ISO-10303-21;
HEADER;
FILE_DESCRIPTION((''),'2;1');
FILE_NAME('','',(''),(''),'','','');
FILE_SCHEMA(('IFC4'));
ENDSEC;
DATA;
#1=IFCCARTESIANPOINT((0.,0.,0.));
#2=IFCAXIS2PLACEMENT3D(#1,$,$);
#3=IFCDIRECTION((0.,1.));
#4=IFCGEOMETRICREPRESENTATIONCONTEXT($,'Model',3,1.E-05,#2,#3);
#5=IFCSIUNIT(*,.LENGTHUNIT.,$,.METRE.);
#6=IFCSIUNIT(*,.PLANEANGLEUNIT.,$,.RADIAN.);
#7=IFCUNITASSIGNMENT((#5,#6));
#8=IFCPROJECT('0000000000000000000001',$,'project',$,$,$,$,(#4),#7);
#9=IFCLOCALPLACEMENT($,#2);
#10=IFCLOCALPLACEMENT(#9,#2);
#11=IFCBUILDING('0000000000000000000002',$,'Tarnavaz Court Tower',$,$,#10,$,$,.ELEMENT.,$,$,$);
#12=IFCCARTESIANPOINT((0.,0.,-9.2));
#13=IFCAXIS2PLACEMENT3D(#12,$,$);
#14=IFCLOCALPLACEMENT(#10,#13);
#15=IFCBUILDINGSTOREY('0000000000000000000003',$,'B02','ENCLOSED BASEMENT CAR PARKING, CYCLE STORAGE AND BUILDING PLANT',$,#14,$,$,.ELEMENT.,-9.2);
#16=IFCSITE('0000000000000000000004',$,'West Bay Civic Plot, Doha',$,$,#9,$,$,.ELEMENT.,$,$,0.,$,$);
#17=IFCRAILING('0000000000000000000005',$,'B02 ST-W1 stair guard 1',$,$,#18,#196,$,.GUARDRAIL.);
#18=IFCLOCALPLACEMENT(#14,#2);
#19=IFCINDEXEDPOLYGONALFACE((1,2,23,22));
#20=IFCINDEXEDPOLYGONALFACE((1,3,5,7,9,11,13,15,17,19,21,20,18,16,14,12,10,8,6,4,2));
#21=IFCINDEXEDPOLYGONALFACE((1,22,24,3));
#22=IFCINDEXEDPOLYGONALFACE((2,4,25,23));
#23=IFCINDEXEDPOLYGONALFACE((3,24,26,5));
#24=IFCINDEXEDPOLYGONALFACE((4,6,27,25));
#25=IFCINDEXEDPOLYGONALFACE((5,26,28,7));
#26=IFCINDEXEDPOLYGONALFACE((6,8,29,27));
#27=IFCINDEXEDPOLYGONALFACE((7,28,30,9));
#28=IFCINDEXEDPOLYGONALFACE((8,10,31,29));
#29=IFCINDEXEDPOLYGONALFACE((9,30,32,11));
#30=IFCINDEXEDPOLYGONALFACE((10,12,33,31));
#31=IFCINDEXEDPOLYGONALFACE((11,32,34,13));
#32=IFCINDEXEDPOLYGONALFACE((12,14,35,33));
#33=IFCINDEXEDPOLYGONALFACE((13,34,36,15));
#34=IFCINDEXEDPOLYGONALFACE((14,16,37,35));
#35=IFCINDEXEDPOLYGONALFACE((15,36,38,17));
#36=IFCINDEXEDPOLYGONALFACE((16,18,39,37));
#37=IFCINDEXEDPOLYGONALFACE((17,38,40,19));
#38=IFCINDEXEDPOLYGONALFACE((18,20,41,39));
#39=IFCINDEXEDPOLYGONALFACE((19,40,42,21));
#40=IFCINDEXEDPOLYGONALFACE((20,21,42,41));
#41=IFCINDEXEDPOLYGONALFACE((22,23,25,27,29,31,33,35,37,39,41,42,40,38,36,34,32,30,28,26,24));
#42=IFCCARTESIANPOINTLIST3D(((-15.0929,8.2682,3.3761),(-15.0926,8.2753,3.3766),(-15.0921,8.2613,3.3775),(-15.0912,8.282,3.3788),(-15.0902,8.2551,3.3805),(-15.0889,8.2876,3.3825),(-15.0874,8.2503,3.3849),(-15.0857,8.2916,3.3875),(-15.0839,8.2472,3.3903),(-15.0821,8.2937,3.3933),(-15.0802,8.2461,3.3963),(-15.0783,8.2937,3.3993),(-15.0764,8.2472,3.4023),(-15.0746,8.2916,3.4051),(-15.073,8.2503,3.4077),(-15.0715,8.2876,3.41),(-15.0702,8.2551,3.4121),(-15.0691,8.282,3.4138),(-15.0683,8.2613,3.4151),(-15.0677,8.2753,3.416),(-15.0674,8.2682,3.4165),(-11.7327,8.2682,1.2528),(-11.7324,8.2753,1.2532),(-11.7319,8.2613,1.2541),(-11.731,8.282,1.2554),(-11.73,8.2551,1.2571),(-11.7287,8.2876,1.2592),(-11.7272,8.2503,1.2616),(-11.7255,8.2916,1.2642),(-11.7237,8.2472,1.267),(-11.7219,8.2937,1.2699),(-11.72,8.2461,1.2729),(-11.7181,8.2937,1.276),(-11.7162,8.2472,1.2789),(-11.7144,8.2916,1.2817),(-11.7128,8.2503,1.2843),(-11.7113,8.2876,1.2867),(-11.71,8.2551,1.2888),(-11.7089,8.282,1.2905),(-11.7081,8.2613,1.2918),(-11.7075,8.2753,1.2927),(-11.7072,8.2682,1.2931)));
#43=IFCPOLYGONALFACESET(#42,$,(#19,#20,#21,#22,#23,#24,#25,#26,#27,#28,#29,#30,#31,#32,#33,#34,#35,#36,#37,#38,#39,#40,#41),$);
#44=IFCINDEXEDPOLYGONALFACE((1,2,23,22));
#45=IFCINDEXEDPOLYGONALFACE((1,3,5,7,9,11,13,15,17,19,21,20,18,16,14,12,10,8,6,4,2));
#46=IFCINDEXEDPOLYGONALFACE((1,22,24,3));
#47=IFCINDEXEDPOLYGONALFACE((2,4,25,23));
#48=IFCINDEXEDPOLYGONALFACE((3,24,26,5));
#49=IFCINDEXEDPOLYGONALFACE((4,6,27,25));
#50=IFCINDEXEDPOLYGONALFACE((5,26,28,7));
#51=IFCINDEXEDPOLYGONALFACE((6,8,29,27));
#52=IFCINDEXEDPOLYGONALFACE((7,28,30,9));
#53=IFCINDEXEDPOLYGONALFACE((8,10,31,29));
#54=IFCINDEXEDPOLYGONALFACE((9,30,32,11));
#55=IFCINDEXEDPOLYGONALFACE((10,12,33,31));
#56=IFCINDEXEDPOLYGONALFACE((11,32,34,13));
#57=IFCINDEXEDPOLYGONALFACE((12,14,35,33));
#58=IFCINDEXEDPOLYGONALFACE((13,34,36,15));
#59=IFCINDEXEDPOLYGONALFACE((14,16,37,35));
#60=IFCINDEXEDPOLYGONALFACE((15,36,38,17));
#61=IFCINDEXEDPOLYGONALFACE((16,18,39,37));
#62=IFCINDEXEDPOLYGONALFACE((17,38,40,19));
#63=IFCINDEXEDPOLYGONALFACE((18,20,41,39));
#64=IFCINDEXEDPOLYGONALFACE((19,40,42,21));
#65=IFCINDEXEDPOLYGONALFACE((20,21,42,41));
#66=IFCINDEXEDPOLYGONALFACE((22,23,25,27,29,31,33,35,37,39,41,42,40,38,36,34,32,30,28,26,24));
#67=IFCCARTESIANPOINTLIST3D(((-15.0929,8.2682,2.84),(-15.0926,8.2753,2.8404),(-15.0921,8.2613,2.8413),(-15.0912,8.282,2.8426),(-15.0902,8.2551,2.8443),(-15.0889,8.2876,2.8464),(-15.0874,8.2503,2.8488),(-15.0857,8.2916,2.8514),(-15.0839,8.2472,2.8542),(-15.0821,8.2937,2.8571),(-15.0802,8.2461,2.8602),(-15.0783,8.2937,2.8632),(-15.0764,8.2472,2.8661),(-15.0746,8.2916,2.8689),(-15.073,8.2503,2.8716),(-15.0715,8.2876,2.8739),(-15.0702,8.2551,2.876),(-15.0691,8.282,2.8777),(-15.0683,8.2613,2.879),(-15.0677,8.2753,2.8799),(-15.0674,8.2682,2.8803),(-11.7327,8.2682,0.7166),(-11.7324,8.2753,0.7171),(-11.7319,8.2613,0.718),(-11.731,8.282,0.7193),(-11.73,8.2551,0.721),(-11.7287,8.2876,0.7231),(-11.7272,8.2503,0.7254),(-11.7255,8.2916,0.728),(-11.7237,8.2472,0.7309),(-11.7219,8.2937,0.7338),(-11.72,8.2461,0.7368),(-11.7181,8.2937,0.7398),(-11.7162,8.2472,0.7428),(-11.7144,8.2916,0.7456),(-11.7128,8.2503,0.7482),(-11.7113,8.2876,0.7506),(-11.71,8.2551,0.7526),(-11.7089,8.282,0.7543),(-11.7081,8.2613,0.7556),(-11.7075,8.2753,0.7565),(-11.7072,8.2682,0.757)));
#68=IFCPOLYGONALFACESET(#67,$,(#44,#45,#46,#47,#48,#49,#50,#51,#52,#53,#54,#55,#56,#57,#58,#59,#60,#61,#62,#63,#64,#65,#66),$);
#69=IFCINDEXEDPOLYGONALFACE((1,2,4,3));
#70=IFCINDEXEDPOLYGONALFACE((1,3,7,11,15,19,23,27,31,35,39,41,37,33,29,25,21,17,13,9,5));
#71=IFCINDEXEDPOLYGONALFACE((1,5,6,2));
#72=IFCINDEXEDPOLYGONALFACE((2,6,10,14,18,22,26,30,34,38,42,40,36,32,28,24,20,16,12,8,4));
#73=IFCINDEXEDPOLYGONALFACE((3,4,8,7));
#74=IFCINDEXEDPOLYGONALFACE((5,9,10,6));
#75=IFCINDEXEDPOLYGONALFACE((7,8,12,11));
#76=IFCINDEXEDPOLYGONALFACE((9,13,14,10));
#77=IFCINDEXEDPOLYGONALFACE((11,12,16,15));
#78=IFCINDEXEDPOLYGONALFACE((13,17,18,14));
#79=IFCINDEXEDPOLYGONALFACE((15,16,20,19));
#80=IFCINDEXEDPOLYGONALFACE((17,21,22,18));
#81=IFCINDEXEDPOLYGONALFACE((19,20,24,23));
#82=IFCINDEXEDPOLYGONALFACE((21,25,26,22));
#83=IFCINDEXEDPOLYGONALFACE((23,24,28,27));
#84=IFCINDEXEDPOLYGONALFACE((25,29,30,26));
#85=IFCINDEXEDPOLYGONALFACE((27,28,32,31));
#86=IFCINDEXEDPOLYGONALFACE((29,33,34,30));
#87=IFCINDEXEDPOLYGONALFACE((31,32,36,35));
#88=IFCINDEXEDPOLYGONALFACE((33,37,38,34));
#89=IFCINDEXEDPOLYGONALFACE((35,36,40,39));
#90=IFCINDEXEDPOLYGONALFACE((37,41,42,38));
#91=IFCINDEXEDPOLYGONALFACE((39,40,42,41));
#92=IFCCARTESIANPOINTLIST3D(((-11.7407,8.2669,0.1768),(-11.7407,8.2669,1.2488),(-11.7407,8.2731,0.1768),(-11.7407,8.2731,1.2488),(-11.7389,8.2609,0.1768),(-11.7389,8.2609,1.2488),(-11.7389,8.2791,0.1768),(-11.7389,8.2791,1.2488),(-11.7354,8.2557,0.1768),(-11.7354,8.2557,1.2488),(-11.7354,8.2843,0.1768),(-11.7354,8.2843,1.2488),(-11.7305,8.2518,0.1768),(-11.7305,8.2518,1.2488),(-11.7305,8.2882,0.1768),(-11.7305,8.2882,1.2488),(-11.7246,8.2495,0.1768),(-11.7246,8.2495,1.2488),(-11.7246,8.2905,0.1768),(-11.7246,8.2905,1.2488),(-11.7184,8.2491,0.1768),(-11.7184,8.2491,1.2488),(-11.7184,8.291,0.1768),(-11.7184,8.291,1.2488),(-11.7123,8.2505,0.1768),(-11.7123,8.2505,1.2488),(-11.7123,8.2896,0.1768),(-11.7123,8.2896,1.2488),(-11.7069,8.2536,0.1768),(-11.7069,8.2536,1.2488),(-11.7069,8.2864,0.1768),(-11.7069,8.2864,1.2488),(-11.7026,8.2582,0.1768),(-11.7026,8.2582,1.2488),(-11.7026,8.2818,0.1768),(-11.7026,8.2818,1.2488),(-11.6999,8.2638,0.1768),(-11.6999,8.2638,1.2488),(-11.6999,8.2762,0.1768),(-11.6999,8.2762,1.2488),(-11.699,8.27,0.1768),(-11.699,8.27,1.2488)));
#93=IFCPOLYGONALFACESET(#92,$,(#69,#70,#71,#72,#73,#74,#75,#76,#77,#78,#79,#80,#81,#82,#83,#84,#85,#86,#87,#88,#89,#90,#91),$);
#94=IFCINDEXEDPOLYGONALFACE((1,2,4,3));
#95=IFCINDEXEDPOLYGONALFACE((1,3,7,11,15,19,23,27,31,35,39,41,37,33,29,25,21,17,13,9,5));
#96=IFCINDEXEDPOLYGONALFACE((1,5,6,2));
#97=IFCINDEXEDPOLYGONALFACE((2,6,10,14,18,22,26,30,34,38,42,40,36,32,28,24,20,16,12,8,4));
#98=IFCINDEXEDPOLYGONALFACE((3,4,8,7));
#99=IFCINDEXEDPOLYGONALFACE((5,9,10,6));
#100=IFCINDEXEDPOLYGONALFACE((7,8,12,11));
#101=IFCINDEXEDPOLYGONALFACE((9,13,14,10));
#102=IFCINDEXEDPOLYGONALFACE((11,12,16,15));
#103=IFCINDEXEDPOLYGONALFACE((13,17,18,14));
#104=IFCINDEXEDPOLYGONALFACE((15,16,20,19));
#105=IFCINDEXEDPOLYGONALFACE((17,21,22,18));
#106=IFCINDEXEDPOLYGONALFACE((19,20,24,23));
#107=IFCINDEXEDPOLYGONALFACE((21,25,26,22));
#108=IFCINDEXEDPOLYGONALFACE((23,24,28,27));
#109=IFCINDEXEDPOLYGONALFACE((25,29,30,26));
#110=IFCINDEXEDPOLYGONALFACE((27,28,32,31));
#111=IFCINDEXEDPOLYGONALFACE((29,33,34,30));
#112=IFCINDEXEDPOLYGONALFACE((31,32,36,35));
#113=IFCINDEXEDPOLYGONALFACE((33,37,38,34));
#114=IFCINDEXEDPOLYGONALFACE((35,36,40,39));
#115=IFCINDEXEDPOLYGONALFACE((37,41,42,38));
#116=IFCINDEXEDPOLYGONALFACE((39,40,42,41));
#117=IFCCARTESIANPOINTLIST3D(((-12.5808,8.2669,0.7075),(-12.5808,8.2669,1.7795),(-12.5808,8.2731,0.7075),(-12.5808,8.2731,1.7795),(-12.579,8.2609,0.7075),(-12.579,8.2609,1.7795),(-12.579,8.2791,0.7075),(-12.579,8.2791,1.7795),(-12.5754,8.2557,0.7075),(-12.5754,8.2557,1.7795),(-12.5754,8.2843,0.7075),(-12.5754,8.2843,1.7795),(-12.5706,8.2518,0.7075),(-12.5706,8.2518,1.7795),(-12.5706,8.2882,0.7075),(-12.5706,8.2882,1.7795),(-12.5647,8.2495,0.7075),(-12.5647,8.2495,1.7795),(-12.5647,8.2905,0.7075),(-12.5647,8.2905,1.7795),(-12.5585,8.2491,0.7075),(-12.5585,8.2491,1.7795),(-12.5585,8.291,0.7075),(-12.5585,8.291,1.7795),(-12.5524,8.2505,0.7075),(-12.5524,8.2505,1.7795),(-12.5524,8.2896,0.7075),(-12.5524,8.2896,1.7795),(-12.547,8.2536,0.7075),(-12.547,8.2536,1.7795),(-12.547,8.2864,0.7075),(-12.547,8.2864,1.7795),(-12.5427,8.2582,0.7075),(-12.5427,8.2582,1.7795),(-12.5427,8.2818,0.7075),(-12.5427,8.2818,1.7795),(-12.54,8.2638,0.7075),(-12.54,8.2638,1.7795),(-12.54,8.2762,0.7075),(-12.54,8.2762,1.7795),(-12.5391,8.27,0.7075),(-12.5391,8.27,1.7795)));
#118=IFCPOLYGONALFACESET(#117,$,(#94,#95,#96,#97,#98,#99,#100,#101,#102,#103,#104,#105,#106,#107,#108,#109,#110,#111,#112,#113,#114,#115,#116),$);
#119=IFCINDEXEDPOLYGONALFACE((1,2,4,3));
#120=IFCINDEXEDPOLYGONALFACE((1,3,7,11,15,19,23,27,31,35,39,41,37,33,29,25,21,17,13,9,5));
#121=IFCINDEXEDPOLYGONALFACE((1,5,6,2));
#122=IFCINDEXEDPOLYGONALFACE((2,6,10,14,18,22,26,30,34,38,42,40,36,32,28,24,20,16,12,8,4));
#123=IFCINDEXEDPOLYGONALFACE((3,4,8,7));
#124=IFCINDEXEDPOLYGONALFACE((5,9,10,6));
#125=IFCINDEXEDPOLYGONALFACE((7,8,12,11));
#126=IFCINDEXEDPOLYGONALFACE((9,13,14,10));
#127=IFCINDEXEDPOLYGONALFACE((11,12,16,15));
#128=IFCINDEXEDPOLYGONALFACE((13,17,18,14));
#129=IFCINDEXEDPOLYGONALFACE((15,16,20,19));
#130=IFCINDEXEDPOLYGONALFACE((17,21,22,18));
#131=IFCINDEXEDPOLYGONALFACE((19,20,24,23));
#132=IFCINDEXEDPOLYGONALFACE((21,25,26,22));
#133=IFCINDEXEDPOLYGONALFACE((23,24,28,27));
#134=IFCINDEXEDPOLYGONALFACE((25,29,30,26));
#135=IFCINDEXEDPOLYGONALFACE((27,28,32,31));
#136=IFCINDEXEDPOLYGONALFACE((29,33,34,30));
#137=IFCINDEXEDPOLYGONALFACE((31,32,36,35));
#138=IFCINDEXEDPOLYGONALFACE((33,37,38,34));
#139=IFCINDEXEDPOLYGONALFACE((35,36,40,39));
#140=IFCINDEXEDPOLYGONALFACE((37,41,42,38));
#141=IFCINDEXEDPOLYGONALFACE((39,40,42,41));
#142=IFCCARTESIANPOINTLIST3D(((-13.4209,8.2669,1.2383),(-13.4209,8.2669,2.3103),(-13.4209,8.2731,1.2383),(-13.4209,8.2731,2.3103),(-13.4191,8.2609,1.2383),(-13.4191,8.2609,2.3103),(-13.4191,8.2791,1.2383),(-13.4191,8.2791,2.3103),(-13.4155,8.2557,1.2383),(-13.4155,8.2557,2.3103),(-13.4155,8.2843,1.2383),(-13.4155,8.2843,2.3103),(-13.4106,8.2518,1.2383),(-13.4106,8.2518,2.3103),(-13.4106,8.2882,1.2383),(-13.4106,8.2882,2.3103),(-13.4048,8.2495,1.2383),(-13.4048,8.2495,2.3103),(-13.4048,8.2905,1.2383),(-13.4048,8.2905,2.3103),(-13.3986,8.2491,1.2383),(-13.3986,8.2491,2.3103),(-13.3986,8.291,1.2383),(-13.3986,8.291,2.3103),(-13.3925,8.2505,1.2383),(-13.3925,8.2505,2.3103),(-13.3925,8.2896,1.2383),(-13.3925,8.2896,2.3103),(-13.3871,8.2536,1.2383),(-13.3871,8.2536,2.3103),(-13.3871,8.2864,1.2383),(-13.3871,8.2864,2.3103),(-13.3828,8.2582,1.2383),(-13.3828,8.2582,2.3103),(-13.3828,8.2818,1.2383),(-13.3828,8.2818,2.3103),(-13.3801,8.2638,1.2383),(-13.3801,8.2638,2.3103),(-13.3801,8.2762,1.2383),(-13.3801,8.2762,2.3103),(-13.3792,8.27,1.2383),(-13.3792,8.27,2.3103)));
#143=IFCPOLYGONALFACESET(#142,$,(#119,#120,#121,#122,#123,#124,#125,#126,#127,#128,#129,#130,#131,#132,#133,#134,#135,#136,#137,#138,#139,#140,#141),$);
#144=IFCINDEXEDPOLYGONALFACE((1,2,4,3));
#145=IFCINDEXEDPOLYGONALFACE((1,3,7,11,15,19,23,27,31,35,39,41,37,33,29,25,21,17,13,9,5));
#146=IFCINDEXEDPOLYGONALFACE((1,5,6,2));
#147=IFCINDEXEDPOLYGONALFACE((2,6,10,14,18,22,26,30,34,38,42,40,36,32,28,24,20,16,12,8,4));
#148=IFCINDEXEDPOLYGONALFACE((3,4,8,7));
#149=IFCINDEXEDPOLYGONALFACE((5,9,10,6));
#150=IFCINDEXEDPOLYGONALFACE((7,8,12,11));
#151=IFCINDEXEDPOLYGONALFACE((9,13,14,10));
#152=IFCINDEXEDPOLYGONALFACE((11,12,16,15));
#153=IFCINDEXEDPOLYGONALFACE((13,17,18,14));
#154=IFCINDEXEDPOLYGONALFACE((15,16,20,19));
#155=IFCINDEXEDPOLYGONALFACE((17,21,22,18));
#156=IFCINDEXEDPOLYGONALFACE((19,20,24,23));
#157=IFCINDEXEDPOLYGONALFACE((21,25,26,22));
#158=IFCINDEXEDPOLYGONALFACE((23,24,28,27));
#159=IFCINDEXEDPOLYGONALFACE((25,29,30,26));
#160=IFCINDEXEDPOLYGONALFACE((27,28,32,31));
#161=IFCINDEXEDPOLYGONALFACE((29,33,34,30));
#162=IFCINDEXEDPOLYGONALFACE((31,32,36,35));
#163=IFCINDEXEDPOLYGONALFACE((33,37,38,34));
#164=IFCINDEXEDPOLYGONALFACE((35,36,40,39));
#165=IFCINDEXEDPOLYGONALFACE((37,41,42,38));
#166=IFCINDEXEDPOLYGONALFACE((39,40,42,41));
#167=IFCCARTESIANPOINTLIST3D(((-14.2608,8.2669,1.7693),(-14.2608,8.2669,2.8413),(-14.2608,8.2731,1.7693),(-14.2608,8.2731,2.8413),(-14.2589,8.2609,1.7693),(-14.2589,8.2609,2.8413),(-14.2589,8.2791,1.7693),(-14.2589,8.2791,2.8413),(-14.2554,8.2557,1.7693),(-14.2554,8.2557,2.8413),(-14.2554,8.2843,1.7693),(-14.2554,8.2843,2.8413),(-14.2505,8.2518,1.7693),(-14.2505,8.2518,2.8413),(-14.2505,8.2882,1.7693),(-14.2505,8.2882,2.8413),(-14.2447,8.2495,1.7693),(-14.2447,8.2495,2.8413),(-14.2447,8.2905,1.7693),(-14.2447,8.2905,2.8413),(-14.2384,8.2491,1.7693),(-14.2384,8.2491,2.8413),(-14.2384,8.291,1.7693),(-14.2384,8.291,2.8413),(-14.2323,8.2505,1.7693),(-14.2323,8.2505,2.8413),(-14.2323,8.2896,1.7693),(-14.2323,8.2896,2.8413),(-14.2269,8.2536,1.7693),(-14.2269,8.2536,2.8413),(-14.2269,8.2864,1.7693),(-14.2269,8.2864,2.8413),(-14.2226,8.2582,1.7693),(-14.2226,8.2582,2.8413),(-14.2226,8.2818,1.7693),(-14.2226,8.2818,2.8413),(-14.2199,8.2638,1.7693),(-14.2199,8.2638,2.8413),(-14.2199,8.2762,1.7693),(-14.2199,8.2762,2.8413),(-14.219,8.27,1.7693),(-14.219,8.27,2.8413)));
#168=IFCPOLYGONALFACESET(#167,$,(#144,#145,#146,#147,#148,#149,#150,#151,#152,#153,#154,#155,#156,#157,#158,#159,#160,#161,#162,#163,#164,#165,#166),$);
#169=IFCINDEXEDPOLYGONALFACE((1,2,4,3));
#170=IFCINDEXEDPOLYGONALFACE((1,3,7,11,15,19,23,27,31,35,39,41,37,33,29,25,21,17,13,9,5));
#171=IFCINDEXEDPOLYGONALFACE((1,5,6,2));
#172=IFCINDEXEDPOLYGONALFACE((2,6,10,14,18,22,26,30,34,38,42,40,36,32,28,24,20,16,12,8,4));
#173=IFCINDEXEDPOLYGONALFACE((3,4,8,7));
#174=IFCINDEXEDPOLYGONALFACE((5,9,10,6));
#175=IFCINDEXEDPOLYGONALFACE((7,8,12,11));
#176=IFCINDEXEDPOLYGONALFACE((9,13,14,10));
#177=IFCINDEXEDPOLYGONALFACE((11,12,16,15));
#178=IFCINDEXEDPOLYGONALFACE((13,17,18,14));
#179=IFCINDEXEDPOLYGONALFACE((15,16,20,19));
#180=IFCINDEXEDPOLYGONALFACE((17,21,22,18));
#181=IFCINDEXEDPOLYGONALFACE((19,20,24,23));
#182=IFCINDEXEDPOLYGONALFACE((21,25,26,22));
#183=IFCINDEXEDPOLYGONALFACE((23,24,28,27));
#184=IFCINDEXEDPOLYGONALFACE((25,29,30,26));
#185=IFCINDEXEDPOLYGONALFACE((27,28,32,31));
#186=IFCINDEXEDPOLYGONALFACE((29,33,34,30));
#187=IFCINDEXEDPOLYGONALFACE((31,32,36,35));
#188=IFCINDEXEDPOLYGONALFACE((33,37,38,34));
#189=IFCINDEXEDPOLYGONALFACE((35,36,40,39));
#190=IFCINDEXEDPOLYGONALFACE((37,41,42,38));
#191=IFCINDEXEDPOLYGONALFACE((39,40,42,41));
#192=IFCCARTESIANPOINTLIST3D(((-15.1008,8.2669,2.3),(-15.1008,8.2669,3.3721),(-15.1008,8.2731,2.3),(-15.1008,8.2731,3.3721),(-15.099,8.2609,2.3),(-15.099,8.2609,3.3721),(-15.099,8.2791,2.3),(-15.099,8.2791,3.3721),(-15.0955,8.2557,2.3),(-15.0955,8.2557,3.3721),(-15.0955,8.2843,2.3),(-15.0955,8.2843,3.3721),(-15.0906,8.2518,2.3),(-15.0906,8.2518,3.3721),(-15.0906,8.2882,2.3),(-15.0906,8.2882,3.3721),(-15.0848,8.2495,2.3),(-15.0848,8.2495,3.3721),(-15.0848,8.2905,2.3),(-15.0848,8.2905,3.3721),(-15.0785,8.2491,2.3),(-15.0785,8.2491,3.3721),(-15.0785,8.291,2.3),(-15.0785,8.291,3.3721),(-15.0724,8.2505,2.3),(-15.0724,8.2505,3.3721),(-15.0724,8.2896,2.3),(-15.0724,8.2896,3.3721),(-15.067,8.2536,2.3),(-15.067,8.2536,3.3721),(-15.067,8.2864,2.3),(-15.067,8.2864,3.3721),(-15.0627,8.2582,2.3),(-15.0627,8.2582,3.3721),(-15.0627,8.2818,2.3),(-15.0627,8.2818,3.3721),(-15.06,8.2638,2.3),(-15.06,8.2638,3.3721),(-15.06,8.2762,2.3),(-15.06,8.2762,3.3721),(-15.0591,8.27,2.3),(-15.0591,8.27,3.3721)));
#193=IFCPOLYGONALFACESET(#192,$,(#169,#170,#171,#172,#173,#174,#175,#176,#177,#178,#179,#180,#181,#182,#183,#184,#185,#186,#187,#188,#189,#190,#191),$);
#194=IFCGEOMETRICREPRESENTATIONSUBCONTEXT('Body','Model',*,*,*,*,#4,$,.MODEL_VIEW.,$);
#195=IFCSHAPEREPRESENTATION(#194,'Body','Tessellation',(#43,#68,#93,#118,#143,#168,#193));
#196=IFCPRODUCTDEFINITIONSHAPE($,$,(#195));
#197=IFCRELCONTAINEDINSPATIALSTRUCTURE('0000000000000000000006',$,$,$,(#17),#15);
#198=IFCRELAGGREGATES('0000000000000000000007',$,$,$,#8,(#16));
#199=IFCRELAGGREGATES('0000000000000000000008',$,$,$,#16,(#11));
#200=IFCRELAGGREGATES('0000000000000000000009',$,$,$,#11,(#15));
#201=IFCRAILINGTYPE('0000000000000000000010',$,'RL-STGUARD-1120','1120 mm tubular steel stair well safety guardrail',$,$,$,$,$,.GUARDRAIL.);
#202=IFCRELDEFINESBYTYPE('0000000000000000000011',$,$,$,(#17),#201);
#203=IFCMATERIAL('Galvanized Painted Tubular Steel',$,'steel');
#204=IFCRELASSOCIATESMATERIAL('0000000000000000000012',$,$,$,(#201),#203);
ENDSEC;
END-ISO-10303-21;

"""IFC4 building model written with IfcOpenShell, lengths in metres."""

from ifc_helpers import new_model, si_unit, direction, frame, origin, origin_2d, place, context, subcontext, project, spatial, circle, extrude, material, type_object, element, save


model = new_model("IFC4")

# Units and contexts
model_context = context("Model", 3, precision=1e-05, world=origin(), true_north=direction((0.0, 1.0)))
body_context = subcontext(model_context, "Body", "Model", "MODEL_VIEW")
ifc_project = project(units=[si_unit("LENGTHUNIT", "METRE"), si_unit("PLANEANGLEUNIT", "RADIAN")], contexts=[model_context])

# Site, building, storey
site_placement = place(None, origin())
site = spatial("IfcSite", under=ifc_project, at=site_placement, Name="West Bay Civic Plot, Doha", CompositionType="ELEMENT", RefElevation=0.0)
building_placement = place(site_placement, origin())
building = spatial("IfcBuilding", under=site, at=building_placement, Name="Tarnavaz Court Tower", CompositionType="ELEMENT")
storey_placement = place(building_placement, frame((0.0, 0.0, -9.2)))
storey = spatial("IfcBuildingStorey", under=building, at=storey_placement, Name="B02", Description="ENCLOSED BASEMENT CAR PARKING, CYCLE STORAGE AND BUILDING PLANT", CompositionType="ELEMENT", Elevation=-9.2)

# Railing
ifc_material_1 = material(Name="Galvanized Painted Tubular Steel", Category="steel")
railing_type_1 = type_object("IfcRailingType", Name="RL-STGUARD-1120", Description="1120 mm tubular steel stair well safety guardrail", PredefinedType="GUARDRAIL", material=ifc_material_1)
railing_1_placement = place(storey_placement, frame((-11.72, 8.27, 0.1768)))
element("IfcRailing", 1, at=railing_1_placement, inside=storey, type_object=railing_type_1, Name="B02 ST-W1 stair guard 1", PredefinedType="GUARDRAIL", context=body_context, shape_type="SweptSolid", body=[
    extrude(circle(Radius=0.0239, at=origin_2d()), frame((0.0, 0.0, 1.0962), z_axis=(-0.845362, 0.0, 0.534194), x_axis=(0.0, -1.0, 0.0)), (0.0, 0.0, 1.0), 3.9749),
    extrude(circle(Radius=0.0239, at=origin_2d()), frame((0.0, 0.0, 0.5601), z_axis=(-0.845362, 0.0, 0.534194), x_axis=(0.0, -1.0, 0.0)), (0.0, 0.0, 1.0), 3.9749),
    extrude(circle(Radius=0.021, at=origin_2d()), origin(), (0.0, 0.0, 1.0), 1.072),
    extrude(circle(Radius=0.021, at=origin_2d()), frame((-0.8401, 0.0, 0.5308)), (0.0, 0.0, 1.0), 1.072),
    extrude(circle(Radius=0.021, at=origin_2d()), frame((-1.6802, 0.0, 1.0615)), (0.0, 0.0, 1.0), 1.072),
    extrude(circle(Radius=0.021, at=origin_2d()), frame((-2.52, 0.0, 1.5925)), (0.0, 0.0, 1.0), 1.072),
    extrude(circle(Radius=0.021, at=origin_2d()), frame((-3.3601, 0.0, 2.1233)), (0.0, 0.0, 1.0), 1.072),
])

save(model, "model.ifc")
